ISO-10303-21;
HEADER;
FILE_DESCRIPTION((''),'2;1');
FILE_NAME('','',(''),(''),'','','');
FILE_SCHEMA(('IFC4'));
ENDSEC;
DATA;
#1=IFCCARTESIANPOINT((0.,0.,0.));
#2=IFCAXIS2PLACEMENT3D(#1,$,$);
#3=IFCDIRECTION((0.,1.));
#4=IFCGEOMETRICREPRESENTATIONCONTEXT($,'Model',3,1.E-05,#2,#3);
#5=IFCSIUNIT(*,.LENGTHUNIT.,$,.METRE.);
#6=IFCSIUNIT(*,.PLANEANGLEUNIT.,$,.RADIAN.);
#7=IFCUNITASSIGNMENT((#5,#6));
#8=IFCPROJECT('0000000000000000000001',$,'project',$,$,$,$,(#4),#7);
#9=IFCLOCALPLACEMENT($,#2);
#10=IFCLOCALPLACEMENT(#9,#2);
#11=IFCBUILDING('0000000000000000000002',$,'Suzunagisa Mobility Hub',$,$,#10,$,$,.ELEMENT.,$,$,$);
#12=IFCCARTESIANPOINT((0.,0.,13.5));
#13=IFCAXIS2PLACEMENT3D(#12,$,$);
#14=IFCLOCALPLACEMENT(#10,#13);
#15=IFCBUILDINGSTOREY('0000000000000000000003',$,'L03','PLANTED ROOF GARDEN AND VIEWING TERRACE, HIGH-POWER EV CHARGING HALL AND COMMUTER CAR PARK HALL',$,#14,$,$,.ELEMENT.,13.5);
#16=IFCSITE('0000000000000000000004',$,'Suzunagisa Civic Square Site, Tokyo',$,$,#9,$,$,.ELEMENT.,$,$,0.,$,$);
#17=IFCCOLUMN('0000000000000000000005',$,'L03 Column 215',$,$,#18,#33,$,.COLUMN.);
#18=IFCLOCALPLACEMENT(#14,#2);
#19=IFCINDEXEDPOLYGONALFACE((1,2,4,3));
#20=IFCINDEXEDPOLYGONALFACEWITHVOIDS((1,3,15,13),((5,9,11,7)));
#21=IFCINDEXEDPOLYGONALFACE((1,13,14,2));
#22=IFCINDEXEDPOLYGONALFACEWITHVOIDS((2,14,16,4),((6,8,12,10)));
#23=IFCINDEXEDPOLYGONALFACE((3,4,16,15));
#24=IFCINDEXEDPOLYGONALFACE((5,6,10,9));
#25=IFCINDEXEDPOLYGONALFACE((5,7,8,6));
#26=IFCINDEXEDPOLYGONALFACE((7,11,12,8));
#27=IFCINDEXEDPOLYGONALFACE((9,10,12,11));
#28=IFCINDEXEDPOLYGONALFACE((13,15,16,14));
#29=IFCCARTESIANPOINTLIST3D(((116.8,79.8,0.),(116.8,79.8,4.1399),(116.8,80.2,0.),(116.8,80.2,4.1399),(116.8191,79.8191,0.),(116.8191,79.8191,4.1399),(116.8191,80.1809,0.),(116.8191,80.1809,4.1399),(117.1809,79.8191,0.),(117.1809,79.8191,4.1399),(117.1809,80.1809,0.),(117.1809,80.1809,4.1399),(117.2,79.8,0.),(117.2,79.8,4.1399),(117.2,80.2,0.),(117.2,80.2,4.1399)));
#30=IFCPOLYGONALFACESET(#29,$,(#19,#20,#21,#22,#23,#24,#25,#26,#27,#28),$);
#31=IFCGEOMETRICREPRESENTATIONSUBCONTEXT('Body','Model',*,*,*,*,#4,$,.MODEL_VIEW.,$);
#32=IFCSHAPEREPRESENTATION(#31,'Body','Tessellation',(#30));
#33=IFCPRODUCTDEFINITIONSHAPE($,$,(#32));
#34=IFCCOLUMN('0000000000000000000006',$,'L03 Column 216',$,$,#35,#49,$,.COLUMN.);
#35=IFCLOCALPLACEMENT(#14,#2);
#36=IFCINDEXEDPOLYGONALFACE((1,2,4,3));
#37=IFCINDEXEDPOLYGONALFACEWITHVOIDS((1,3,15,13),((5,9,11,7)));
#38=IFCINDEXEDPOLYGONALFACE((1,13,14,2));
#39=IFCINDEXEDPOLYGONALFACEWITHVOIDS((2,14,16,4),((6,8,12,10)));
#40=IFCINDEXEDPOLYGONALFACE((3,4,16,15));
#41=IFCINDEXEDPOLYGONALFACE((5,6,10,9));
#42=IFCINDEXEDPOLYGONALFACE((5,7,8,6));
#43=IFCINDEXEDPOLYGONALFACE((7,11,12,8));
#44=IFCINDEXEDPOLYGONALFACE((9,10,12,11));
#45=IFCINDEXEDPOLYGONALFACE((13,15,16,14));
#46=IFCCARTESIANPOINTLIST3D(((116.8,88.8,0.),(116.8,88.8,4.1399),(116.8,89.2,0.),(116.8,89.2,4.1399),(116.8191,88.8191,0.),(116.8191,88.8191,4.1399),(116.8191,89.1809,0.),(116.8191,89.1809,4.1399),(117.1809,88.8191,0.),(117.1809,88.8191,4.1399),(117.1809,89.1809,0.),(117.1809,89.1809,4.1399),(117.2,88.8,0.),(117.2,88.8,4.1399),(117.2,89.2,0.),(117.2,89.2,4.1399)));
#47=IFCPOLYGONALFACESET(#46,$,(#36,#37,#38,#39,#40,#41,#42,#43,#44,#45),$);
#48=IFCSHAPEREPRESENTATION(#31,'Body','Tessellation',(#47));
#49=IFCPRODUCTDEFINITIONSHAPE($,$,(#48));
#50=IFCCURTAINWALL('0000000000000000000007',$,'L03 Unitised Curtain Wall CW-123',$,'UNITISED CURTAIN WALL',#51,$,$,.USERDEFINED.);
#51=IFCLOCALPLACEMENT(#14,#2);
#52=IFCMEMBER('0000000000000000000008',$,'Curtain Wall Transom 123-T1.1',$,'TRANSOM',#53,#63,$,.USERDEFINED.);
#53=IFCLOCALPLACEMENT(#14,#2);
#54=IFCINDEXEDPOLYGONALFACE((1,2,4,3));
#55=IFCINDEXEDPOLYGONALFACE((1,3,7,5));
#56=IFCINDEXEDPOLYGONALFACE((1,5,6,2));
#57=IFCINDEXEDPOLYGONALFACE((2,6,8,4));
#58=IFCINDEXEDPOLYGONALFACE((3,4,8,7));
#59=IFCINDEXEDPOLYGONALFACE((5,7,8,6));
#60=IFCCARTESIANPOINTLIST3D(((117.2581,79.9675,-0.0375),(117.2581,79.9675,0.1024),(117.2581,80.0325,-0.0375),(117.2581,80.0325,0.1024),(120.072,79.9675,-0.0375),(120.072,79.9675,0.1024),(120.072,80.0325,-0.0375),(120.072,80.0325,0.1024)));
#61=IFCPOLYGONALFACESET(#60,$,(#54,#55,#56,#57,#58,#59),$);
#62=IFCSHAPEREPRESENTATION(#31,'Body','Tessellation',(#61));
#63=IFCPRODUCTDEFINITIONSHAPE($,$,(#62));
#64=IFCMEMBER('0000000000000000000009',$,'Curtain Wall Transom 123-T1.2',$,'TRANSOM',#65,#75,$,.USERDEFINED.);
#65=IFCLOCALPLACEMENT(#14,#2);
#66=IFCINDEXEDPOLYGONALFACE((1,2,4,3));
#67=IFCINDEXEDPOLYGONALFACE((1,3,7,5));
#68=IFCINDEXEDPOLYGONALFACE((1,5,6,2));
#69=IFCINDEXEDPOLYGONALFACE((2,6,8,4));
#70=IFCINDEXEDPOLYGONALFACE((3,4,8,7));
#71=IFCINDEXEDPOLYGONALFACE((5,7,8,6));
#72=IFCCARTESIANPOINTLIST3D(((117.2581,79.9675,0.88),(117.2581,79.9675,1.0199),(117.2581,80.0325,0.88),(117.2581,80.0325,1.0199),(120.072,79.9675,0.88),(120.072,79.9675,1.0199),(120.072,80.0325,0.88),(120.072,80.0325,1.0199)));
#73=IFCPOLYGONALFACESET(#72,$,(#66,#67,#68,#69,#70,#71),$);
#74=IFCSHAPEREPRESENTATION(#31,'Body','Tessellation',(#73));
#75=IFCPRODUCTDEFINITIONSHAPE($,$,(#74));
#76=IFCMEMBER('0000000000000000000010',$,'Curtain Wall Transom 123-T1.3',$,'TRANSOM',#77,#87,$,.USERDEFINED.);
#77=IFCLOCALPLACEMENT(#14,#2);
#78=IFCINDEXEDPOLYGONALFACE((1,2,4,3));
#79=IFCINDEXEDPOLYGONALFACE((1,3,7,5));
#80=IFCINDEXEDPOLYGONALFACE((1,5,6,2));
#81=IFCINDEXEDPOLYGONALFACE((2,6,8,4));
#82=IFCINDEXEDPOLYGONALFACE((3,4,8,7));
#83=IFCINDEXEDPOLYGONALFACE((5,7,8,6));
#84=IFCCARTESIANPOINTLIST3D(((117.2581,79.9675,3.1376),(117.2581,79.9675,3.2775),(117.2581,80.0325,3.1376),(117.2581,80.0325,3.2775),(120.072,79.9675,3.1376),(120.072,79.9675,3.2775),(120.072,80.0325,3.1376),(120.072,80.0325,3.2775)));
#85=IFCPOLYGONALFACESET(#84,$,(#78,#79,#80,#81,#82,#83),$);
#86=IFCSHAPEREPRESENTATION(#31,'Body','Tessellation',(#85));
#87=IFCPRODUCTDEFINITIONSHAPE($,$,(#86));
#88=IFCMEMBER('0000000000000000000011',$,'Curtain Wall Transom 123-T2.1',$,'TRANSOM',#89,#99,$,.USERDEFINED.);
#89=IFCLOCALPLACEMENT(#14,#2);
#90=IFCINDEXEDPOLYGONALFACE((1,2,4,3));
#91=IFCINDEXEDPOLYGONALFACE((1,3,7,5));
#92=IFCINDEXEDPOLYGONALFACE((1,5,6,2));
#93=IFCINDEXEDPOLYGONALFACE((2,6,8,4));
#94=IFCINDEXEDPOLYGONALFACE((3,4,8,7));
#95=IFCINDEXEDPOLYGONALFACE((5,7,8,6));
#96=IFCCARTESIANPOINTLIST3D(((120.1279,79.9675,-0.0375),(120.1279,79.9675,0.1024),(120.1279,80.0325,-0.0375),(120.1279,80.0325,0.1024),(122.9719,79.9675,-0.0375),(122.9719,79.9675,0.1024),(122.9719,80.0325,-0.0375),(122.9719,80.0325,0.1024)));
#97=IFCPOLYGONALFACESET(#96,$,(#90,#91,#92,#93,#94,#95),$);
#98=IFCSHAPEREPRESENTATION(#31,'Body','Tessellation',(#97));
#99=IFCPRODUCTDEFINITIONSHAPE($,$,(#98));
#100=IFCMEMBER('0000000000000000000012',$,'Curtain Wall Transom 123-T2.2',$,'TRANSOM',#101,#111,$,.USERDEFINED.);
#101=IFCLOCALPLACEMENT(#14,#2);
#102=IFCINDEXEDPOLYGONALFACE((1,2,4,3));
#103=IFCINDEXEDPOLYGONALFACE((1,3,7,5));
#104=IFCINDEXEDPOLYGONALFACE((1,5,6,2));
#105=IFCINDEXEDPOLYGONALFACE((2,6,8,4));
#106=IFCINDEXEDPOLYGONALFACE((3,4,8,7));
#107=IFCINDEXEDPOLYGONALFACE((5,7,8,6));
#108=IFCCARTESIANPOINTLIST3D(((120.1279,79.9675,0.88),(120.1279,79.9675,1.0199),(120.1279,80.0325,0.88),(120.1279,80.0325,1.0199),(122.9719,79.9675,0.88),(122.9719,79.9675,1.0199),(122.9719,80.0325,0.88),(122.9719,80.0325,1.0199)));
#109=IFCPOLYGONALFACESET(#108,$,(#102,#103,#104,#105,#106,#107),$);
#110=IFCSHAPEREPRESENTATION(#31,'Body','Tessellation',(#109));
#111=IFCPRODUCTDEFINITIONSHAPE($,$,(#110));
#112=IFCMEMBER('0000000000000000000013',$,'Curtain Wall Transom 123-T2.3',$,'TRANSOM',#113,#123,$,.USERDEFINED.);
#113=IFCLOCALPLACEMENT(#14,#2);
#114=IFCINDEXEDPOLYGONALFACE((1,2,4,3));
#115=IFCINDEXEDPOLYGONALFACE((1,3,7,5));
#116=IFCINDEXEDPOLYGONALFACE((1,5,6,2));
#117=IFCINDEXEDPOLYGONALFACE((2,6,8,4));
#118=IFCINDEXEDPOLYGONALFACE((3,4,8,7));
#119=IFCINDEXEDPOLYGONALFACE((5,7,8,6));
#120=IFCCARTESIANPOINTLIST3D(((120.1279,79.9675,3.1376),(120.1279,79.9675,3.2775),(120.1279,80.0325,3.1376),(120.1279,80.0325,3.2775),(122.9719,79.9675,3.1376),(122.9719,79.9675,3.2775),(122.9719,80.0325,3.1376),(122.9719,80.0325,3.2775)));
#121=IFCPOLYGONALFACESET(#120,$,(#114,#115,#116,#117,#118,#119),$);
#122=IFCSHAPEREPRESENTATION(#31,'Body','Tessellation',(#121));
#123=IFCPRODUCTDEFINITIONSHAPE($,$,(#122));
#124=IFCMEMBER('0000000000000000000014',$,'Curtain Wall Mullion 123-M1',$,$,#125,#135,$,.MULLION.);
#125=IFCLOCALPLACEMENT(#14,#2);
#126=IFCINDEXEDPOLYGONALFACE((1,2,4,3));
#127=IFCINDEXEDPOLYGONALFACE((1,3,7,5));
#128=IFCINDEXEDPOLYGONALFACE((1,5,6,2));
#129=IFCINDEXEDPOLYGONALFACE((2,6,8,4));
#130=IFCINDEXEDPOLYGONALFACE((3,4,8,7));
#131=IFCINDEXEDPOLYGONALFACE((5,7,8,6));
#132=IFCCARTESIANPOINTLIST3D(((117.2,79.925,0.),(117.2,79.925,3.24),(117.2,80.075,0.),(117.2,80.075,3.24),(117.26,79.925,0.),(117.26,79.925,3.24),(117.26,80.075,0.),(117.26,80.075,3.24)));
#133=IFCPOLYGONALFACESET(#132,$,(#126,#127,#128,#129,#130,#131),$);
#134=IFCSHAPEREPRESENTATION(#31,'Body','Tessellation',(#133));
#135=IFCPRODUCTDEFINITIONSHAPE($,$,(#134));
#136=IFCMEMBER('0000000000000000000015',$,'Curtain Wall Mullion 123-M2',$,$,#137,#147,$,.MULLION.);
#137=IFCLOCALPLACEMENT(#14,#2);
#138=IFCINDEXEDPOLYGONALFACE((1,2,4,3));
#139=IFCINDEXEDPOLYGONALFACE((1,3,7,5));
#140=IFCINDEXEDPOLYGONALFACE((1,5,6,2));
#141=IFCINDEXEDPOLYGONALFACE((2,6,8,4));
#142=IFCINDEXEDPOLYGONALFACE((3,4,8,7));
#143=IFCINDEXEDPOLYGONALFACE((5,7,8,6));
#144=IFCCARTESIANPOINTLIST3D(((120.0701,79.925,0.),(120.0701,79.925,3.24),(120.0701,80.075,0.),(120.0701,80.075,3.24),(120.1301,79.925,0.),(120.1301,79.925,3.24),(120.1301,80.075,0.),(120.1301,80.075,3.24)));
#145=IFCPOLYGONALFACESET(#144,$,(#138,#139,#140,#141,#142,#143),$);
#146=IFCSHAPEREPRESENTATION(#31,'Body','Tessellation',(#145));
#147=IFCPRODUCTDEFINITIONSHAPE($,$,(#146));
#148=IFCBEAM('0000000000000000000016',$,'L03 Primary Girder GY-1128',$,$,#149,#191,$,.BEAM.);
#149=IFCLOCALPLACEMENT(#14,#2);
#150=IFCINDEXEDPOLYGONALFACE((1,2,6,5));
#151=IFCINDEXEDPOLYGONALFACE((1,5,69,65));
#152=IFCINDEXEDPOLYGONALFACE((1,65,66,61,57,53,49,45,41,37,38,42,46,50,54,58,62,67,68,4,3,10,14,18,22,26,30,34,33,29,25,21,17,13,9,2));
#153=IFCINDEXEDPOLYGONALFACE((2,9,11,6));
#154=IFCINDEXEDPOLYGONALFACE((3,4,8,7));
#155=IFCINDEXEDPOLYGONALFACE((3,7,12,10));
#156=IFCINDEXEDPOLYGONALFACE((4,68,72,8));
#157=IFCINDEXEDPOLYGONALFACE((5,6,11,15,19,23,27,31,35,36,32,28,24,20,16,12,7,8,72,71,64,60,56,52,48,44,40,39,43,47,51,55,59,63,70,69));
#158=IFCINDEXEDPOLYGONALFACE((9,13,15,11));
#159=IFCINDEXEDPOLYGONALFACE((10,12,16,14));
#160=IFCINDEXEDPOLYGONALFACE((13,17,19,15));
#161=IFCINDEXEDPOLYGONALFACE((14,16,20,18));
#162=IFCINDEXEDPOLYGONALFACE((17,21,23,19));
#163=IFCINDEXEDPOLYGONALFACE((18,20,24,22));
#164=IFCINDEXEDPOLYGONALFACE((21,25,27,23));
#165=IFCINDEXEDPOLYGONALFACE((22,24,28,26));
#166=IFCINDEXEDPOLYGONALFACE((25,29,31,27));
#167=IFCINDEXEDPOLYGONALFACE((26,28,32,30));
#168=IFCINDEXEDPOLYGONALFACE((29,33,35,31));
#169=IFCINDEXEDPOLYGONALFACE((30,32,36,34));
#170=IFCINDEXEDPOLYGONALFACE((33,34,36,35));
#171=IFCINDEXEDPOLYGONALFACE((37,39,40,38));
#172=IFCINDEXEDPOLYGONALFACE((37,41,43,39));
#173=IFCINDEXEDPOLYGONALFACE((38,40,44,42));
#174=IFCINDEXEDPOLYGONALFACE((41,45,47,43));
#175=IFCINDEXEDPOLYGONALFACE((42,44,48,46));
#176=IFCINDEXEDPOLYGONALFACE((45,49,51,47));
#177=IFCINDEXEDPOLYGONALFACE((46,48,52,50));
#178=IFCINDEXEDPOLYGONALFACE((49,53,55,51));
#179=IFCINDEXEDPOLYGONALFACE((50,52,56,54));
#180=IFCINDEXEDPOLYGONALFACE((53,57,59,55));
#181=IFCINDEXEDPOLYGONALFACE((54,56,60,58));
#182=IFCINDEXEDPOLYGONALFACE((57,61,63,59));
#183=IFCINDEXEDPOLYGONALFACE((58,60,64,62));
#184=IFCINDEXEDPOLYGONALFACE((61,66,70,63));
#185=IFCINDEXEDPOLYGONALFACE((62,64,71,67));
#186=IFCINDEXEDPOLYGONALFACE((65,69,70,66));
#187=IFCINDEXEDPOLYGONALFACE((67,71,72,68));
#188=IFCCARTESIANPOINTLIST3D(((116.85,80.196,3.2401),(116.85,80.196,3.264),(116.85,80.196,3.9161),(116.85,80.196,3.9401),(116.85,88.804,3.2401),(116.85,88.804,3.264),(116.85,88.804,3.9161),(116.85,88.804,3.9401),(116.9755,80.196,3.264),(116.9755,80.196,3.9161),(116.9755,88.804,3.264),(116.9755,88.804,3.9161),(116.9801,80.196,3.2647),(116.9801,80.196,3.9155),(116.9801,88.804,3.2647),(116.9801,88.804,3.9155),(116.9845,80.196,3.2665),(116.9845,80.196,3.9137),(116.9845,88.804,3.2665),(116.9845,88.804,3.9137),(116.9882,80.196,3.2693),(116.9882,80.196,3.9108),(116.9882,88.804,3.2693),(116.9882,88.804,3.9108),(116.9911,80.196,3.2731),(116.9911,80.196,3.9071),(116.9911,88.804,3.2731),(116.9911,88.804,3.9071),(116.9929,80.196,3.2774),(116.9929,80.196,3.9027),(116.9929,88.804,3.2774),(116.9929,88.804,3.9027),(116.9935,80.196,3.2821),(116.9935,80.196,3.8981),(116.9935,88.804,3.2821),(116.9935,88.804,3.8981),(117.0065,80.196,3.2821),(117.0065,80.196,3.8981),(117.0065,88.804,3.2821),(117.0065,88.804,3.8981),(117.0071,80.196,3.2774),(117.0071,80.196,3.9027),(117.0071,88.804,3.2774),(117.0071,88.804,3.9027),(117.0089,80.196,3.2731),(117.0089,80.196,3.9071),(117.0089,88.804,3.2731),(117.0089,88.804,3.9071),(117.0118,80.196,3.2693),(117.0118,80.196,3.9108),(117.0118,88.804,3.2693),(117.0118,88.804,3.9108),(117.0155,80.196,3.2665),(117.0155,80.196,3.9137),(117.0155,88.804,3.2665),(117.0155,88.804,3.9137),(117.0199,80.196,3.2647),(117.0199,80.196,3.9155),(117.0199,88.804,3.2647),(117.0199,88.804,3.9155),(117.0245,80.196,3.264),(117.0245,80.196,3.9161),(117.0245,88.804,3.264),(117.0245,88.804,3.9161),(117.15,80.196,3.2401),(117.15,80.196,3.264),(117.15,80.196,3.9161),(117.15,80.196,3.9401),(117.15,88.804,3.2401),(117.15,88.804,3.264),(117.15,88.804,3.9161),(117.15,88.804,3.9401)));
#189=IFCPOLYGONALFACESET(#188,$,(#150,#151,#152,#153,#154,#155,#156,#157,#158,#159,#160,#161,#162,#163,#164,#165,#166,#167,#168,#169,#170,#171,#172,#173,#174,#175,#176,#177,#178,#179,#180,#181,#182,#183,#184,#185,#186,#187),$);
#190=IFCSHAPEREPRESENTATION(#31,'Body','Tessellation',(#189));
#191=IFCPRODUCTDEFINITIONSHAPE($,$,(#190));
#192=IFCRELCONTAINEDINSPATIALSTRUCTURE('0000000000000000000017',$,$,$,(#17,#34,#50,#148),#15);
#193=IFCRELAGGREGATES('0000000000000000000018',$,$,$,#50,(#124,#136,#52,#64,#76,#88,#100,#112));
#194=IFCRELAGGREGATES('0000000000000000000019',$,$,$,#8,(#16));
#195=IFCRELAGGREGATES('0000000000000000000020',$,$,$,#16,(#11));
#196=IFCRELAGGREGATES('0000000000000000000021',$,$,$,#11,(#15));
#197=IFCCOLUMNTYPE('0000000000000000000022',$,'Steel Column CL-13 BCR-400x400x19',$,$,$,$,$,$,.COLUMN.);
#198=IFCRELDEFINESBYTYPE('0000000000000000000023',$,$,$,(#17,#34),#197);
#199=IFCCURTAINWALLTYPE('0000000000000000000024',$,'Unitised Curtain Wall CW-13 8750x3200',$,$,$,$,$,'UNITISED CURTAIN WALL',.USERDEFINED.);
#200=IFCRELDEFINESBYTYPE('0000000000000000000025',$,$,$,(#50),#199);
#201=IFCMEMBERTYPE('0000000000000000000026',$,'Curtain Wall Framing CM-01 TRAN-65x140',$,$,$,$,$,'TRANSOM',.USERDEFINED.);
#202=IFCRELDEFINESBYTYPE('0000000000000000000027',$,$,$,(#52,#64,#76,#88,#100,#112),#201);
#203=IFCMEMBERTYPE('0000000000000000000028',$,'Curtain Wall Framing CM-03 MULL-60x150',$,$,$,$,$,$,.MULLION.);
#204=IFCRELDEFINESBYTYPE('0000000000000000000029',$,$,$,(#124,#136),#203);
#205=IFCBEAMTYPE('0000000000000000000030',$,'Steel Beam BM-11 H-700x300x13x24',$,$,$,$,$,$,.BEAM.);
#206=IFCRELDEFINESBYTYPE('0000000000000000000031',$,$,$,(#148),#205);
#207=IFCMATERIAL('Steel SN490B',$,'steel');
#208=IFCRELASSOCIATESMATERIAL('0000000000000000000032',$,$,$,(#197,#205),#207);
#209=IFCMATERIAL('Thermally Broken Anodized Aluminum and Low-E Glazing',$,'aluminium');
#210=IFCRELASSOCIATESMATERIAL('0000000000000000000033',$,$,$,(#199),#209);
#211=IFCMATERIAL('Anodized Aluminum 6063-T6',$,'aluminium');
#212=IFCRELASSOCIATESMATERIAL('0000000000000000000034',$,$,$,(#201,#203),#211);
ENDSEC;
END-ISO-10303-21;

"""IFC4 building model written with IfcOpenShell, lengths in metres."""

from ifc_helpers import new_model, si_unit, direction, frame, origin, origin_2d, place, context, subcontext, project, spatial, rectangle, hollow_rectangle, i_section, extrude, material, material_profile, profile_set, type_object, element, aggregate, save


model = new_model("IFC4")

# Units and contexts
model_context = context("Model", 3, precision=1e-05, world=origin(), true_north=direction((0.0, 1.0)))
body_context = subcontext(model_context, "Body", "Model", "MODEL_VIEW")
ifc_project = project(units=[si_unit("LENGTHUNIT", "METRE"), si_unit("PLANEANGLEUNIT", "RADIAN")], contexts=[model_context])

# Site, building, storey
site_placement = place(None, origin())
site = spatial("IfcSite", under=ifc_project, at=site_placement, Name="Suzunagisa Civic Square Site, Tokyo", CompositionType="ELEMENT", RefElevation=0.0)
building_placement = place(site_placement, origin())
building = spatial("IfcBuilding", under=site, at=building_placement, Name="Suzunagisa Mobility Hub", CompositionType="ELEMENT")
storey_placement = place(building_placement, frame((0.0, 0.0, 13.5)))
storey = spatial("IfcBuildingStorey", under=building, at=storey_placement, Name="L03", Description="PLANTED ROOF GARDEN AND VIEWING TERRACE, HIGH-POWER EV CHARGING HALL AND COMMUTER CAR PARK HALL", CompositionType="ELEMENT", Elevation=13.5)

# Columns
ifc_material_1 = material(Name="Steel SN490B", Category="steel")
ifc_material_profile_1 = material_profile(ifc_material_1, hollow_rectangle(XDim=0.3999, YDim=0.3999, WallThickness=0.019, at=origin_2d()), Name="BCR-400x400x19")
ifc_profile_set_1 = profile_set([ifc_material_profile_1], Name="Steel SN490B")
column_type = type_object("IfcColumnType", Name="Steel Column CL-13 BCR-400x400x19", PredefinedType="COLUMN", material=ifc_profile_set_1)
for number, where, z_axis, x_axis, name in (
    (1, (117.0, 80.0, 0.0), (0.0, 0.0, 1.0), (1.0, 0.0, 0.0), "L03 Column 215"),
    (2, (117.0, 89.0, 0.0), (0.0, 0.0, 1.0), (1.0, 0.0, 0.0), "L03 Column 216"),
):
    element("IfcColumn", number, at=place(storey_placement, frame(where, z_axis=z_axis, x_axis=x_axis)), inside=storey, type_object=column_type, Name=name, PredefinedType="COLUMN", context=body_context, shape_type="SweptSolid", body=[
        extrude(hollow_rectangle(XDim=0.3999, YDim=0.3999, WallThickness=0.019, at=origin_2d()), origin(), (0.0, 0.0, 1.0), 4.1399),
    ])

# Curtain wall, members
ifc_material_2 = material(Name="Thermally Broken Anodized Aluminum and Low-E Glazing", Category="aluminium")
curtain_wall_type = type_object("IfcCurtainWallType", Name="Unitised Curtain Wall CW-13 8750x3200", ElementType="UNITISED CURTAIN WALL", PredefinedType="USERDEFINED", material=ifc_material_2)
curtain_wall_placement = place(storey_placement, origin())
curtain_wall = element("IfcCurtainWall", 3, at=curtain_wall_placement, inside=storey, type_object=curtain_wall_type, Name="L03 Unitised Curtain Wall CW-123", ObjectType="UNITISED CURTAIN WALL", PredefinedType="USERDEFINED")
ifc_material_3 = material(Name="Anodized Aluminum 6063-T6", Category="aluminium")
ifc_material_profile_2 = material_profile(ifc_material_3, rectangle(XDim=0.0649, YDim=0.1399, at=origin_2d()), Name="TRAN-65x140")
ifc_profile_set_2 = profile_set([ifc_material_profile_2], Name="Anodized Aluminum 6063-T6")
member_type_1 = type_object("IfcMemberType", Name="Curtain Wall Framing CM-01 TRAN-65x140", ElementType="TRANSOM", PredefinedType="USERDEFINED", material=ifc_profile_set_2)
member_1_placement = place(storey_placement, frame((117.2581, 80.0, 0.0325), z_axis=(1.0, 0.0, 0.0), x_axis=(0.0, 1.0, 0.0)))
member_1 = element("IfcMember", 4, at=member_1_placement, type_object=member_type_1, Name="Curtain Wall Transom 123-T1.1", ObjectType="TRANSOM", PredefinedType="USERDEFINED", context=body_context, shape_type="SweptSolid", body=[
    extrude(rectangle(XDim=0.0649, YDim=0.1399, at=origin_2d()), origin(), (0.0, 0.0, 1.0), 2.814),
])
member_2_placement = place(storey_placement, frame((117.2581, 80.0, 0.95), z_axis=(1.0, 0.0, 0.0), x_axis=(0.0, 1.0, 0.0)))
member_2 = element("IfcMember", 5, at=member_2_placement, type_object=member_type_1, Name="Curtain Wall Transom 123-T1.2", ObjectType="TRANSOM", PredefinedType="USERDEFINED", context=body_context, shape_type="SweptSolid", body=[
    extrude(rectangle(XDim=0.0649, YDim=0.1399, at=origin_2d()), origin(), (0.0, 0.0, 1.0), 2.814),
])
member_3_placement = place(storey_placement, frame((117.2581, 80.0, 3.2075), z_axis=(1.0, 0.0, 0.0), x_axis=(0.0, 1.0, 0.0)))
member_3 = element("IfcMember", 6, at=member_3_placement, type_object=member_type_1, Name="Curtain Wall Transom 123-T1.3", ObjectType="TRANSOM", PredefinedType="USERDEFINED", context=body_context, shape_type="SweptSolid", body=[
    extrude(rectangle(XDim=0.0649, YDim=0.1399, at=origin_2d()), origin(), (0.0, 0.0, 1.0), 2.814),
])
member_4_placement = place(storey_placement, frame((120.1279, 80.0, 0.0325), z_axis=(1.0, 0.0, 0.0), x_axis=(0.0, 1.0, 0.0)))
member_4 = element("IfcMember", 7, at=member_4_placement, type_object=member_type_1, Name="Curtain Wall Transom 123-T2.1", ObjectType="TRANSOM", PredefinedType="USERDEFINED", context=body_context, shape_type="SweptSolid", body=[
    extrude(rectangle(XDim=0.0649, YDim=0.1399, at=origin_2d()), origin(), (0.0, 0.0, 1.0), 2.844),
])
member_5_placement = place(storey_placement, frame((120.1279, 80.0, 0.95), z_axis=(1.0, 0.0, 0.0), x_axis=(0.0, 1.0, 0.0)))
member_5 = element("IfcMember", 8, at=member_5_placement, type_object=member_type_1, Name="Curtain Wall Transom 123-T2.2", ObjectType="TRANSOM", PredefinedType="USERDEFINED", context=body_context, shape_type="SweptSolid", body=[
    extrude(rectangle(XDim=0.0649, YDim=0.1399, at=origin_2d()), origin(), (0.0, 0.0, 1.0), 2.844),
])
member_6_placement = place(storey_placement, frame((120.1279, 80.0, 3.2075), z_axis=(1.0, 0.0, 0.0), x_axis=(0.0, 1.0, 0.0)))
member_6 = element("IfcMember", 9, at=member_6_placement, type_object=member_type_1, Name="Curtain Wall Transom 123-T2.3", ObjectType="TRANSOM", PredefinedType="USERDEFINED", context=body_context, shape_type="SweptSolid", body=[
    extrude(rectangle(XDim=0.0649, YDim=0.1399, at=origin_2d()), origin(), (0.0, 0.0, 1.0), 2.844),
])
ifc_material_profile_3 = material_profile(ifc_material_3, rectangle(XDim=0.0601, YDim=0.1499, at=origin_2d()), Name="MULL-60x150")
ifc_profile_set_3 = profile_set([ifc_material_profile_3], Name="Anodized Aluminum 6063-T6")
member_type_2 = type_object("IfcMemberType", Name="Curtain Wall Framing CM-03 MULL-60x150", PredefinedType="MULLION", material=ifc_profile_set_3)
member_7_placement = place(storey_placement, frame((117.23, 80.0, 0.0), z_axis=(0.0, 0.0, 1.0), x_axis=(1.0, 0.0, 0.0)))
member_7 = element("IfcMember", 10, at=member_7_placement, type_object=member_type_2, Name="Curtain Wall Mullion 123-M1", PredefinedType="MULLION", context=body_context, shape_type="SweptSolid", body=[
    extrude(rectangle(XDim=0.0601, YDim=0.1499, at=origin_2d()), origin(), (0.0, 0.0, 1.0), 3.24),
])
member_8_placement = place(storey_placement, frame((120.1001, 80.0, 0.0), z_axis=(0.0, 0.0, 1.0), x_axis=(1.0, 0.0, 0.0)))
member_8 = element("IfcMember", 11, at=member_8_placement, type_object=member_type_2, Name="Curtain Wall Mullion 123-M2", PredefinedType="MULLION", context=body_context, shape_type="SweptSolid", body=[
    extrude(rectangle(XDim=0.0601, YDim=0.1499, at=origin_2d()), origin(), (0.0, 0.0, 1.0), 3.24),
])

# Beam
ifc_material_profile_4 = material_profile(ifc_material_1, i_section(OverallWidth=0.3, OverallDepth=0.7, WebThickness=0.0129, FlangeThickness=0.0239, FilletRadius=0.0181, at=origin_2d()), Name="H-700x300x13x24")
ifc_profile_set_4 = profile_set([ifc_material_profile_4], Name="Steel SN490B")
beam_type_1 = type_object("IfcBeamType", Name="Steel Beam BM-11 H-700x300x13x24", PredefinedType="BEAM", material=ifc_profile_set_4)
for number, where, z_axis, x_axis, name in (
    (12, (117.0, 80.196, 3.5901), (0.0, 1.0, 0.0), (-1.0, 0.0, 0.0), "L03 Primary Girder GY-1128"),
):
    element("IfcBeam", number, at=place(storey_placement, frame(where, z_axis=z_axis, x_axis=x_axis)), inside=storey, type_object=beam_type_1, Name=name, PredefinedType="BEAM", context=body_context, shape_type="SweptSolid", body=[
        extrude(i_section(OverallWidth=0.3, OverallDepth=0.7, WebThickness=0.0129, FlangeThickness=0.0239, FilletRadius=0.0181, at=origin_2d()), origin(), (0.0, 0.0, 1.0), 8.6079),
    ])

aggregate(curtain_wall, [member_7, member_8, member_1, member_2, member_3, member_4, member_5, member_6])

save(model, "model.ifc")
